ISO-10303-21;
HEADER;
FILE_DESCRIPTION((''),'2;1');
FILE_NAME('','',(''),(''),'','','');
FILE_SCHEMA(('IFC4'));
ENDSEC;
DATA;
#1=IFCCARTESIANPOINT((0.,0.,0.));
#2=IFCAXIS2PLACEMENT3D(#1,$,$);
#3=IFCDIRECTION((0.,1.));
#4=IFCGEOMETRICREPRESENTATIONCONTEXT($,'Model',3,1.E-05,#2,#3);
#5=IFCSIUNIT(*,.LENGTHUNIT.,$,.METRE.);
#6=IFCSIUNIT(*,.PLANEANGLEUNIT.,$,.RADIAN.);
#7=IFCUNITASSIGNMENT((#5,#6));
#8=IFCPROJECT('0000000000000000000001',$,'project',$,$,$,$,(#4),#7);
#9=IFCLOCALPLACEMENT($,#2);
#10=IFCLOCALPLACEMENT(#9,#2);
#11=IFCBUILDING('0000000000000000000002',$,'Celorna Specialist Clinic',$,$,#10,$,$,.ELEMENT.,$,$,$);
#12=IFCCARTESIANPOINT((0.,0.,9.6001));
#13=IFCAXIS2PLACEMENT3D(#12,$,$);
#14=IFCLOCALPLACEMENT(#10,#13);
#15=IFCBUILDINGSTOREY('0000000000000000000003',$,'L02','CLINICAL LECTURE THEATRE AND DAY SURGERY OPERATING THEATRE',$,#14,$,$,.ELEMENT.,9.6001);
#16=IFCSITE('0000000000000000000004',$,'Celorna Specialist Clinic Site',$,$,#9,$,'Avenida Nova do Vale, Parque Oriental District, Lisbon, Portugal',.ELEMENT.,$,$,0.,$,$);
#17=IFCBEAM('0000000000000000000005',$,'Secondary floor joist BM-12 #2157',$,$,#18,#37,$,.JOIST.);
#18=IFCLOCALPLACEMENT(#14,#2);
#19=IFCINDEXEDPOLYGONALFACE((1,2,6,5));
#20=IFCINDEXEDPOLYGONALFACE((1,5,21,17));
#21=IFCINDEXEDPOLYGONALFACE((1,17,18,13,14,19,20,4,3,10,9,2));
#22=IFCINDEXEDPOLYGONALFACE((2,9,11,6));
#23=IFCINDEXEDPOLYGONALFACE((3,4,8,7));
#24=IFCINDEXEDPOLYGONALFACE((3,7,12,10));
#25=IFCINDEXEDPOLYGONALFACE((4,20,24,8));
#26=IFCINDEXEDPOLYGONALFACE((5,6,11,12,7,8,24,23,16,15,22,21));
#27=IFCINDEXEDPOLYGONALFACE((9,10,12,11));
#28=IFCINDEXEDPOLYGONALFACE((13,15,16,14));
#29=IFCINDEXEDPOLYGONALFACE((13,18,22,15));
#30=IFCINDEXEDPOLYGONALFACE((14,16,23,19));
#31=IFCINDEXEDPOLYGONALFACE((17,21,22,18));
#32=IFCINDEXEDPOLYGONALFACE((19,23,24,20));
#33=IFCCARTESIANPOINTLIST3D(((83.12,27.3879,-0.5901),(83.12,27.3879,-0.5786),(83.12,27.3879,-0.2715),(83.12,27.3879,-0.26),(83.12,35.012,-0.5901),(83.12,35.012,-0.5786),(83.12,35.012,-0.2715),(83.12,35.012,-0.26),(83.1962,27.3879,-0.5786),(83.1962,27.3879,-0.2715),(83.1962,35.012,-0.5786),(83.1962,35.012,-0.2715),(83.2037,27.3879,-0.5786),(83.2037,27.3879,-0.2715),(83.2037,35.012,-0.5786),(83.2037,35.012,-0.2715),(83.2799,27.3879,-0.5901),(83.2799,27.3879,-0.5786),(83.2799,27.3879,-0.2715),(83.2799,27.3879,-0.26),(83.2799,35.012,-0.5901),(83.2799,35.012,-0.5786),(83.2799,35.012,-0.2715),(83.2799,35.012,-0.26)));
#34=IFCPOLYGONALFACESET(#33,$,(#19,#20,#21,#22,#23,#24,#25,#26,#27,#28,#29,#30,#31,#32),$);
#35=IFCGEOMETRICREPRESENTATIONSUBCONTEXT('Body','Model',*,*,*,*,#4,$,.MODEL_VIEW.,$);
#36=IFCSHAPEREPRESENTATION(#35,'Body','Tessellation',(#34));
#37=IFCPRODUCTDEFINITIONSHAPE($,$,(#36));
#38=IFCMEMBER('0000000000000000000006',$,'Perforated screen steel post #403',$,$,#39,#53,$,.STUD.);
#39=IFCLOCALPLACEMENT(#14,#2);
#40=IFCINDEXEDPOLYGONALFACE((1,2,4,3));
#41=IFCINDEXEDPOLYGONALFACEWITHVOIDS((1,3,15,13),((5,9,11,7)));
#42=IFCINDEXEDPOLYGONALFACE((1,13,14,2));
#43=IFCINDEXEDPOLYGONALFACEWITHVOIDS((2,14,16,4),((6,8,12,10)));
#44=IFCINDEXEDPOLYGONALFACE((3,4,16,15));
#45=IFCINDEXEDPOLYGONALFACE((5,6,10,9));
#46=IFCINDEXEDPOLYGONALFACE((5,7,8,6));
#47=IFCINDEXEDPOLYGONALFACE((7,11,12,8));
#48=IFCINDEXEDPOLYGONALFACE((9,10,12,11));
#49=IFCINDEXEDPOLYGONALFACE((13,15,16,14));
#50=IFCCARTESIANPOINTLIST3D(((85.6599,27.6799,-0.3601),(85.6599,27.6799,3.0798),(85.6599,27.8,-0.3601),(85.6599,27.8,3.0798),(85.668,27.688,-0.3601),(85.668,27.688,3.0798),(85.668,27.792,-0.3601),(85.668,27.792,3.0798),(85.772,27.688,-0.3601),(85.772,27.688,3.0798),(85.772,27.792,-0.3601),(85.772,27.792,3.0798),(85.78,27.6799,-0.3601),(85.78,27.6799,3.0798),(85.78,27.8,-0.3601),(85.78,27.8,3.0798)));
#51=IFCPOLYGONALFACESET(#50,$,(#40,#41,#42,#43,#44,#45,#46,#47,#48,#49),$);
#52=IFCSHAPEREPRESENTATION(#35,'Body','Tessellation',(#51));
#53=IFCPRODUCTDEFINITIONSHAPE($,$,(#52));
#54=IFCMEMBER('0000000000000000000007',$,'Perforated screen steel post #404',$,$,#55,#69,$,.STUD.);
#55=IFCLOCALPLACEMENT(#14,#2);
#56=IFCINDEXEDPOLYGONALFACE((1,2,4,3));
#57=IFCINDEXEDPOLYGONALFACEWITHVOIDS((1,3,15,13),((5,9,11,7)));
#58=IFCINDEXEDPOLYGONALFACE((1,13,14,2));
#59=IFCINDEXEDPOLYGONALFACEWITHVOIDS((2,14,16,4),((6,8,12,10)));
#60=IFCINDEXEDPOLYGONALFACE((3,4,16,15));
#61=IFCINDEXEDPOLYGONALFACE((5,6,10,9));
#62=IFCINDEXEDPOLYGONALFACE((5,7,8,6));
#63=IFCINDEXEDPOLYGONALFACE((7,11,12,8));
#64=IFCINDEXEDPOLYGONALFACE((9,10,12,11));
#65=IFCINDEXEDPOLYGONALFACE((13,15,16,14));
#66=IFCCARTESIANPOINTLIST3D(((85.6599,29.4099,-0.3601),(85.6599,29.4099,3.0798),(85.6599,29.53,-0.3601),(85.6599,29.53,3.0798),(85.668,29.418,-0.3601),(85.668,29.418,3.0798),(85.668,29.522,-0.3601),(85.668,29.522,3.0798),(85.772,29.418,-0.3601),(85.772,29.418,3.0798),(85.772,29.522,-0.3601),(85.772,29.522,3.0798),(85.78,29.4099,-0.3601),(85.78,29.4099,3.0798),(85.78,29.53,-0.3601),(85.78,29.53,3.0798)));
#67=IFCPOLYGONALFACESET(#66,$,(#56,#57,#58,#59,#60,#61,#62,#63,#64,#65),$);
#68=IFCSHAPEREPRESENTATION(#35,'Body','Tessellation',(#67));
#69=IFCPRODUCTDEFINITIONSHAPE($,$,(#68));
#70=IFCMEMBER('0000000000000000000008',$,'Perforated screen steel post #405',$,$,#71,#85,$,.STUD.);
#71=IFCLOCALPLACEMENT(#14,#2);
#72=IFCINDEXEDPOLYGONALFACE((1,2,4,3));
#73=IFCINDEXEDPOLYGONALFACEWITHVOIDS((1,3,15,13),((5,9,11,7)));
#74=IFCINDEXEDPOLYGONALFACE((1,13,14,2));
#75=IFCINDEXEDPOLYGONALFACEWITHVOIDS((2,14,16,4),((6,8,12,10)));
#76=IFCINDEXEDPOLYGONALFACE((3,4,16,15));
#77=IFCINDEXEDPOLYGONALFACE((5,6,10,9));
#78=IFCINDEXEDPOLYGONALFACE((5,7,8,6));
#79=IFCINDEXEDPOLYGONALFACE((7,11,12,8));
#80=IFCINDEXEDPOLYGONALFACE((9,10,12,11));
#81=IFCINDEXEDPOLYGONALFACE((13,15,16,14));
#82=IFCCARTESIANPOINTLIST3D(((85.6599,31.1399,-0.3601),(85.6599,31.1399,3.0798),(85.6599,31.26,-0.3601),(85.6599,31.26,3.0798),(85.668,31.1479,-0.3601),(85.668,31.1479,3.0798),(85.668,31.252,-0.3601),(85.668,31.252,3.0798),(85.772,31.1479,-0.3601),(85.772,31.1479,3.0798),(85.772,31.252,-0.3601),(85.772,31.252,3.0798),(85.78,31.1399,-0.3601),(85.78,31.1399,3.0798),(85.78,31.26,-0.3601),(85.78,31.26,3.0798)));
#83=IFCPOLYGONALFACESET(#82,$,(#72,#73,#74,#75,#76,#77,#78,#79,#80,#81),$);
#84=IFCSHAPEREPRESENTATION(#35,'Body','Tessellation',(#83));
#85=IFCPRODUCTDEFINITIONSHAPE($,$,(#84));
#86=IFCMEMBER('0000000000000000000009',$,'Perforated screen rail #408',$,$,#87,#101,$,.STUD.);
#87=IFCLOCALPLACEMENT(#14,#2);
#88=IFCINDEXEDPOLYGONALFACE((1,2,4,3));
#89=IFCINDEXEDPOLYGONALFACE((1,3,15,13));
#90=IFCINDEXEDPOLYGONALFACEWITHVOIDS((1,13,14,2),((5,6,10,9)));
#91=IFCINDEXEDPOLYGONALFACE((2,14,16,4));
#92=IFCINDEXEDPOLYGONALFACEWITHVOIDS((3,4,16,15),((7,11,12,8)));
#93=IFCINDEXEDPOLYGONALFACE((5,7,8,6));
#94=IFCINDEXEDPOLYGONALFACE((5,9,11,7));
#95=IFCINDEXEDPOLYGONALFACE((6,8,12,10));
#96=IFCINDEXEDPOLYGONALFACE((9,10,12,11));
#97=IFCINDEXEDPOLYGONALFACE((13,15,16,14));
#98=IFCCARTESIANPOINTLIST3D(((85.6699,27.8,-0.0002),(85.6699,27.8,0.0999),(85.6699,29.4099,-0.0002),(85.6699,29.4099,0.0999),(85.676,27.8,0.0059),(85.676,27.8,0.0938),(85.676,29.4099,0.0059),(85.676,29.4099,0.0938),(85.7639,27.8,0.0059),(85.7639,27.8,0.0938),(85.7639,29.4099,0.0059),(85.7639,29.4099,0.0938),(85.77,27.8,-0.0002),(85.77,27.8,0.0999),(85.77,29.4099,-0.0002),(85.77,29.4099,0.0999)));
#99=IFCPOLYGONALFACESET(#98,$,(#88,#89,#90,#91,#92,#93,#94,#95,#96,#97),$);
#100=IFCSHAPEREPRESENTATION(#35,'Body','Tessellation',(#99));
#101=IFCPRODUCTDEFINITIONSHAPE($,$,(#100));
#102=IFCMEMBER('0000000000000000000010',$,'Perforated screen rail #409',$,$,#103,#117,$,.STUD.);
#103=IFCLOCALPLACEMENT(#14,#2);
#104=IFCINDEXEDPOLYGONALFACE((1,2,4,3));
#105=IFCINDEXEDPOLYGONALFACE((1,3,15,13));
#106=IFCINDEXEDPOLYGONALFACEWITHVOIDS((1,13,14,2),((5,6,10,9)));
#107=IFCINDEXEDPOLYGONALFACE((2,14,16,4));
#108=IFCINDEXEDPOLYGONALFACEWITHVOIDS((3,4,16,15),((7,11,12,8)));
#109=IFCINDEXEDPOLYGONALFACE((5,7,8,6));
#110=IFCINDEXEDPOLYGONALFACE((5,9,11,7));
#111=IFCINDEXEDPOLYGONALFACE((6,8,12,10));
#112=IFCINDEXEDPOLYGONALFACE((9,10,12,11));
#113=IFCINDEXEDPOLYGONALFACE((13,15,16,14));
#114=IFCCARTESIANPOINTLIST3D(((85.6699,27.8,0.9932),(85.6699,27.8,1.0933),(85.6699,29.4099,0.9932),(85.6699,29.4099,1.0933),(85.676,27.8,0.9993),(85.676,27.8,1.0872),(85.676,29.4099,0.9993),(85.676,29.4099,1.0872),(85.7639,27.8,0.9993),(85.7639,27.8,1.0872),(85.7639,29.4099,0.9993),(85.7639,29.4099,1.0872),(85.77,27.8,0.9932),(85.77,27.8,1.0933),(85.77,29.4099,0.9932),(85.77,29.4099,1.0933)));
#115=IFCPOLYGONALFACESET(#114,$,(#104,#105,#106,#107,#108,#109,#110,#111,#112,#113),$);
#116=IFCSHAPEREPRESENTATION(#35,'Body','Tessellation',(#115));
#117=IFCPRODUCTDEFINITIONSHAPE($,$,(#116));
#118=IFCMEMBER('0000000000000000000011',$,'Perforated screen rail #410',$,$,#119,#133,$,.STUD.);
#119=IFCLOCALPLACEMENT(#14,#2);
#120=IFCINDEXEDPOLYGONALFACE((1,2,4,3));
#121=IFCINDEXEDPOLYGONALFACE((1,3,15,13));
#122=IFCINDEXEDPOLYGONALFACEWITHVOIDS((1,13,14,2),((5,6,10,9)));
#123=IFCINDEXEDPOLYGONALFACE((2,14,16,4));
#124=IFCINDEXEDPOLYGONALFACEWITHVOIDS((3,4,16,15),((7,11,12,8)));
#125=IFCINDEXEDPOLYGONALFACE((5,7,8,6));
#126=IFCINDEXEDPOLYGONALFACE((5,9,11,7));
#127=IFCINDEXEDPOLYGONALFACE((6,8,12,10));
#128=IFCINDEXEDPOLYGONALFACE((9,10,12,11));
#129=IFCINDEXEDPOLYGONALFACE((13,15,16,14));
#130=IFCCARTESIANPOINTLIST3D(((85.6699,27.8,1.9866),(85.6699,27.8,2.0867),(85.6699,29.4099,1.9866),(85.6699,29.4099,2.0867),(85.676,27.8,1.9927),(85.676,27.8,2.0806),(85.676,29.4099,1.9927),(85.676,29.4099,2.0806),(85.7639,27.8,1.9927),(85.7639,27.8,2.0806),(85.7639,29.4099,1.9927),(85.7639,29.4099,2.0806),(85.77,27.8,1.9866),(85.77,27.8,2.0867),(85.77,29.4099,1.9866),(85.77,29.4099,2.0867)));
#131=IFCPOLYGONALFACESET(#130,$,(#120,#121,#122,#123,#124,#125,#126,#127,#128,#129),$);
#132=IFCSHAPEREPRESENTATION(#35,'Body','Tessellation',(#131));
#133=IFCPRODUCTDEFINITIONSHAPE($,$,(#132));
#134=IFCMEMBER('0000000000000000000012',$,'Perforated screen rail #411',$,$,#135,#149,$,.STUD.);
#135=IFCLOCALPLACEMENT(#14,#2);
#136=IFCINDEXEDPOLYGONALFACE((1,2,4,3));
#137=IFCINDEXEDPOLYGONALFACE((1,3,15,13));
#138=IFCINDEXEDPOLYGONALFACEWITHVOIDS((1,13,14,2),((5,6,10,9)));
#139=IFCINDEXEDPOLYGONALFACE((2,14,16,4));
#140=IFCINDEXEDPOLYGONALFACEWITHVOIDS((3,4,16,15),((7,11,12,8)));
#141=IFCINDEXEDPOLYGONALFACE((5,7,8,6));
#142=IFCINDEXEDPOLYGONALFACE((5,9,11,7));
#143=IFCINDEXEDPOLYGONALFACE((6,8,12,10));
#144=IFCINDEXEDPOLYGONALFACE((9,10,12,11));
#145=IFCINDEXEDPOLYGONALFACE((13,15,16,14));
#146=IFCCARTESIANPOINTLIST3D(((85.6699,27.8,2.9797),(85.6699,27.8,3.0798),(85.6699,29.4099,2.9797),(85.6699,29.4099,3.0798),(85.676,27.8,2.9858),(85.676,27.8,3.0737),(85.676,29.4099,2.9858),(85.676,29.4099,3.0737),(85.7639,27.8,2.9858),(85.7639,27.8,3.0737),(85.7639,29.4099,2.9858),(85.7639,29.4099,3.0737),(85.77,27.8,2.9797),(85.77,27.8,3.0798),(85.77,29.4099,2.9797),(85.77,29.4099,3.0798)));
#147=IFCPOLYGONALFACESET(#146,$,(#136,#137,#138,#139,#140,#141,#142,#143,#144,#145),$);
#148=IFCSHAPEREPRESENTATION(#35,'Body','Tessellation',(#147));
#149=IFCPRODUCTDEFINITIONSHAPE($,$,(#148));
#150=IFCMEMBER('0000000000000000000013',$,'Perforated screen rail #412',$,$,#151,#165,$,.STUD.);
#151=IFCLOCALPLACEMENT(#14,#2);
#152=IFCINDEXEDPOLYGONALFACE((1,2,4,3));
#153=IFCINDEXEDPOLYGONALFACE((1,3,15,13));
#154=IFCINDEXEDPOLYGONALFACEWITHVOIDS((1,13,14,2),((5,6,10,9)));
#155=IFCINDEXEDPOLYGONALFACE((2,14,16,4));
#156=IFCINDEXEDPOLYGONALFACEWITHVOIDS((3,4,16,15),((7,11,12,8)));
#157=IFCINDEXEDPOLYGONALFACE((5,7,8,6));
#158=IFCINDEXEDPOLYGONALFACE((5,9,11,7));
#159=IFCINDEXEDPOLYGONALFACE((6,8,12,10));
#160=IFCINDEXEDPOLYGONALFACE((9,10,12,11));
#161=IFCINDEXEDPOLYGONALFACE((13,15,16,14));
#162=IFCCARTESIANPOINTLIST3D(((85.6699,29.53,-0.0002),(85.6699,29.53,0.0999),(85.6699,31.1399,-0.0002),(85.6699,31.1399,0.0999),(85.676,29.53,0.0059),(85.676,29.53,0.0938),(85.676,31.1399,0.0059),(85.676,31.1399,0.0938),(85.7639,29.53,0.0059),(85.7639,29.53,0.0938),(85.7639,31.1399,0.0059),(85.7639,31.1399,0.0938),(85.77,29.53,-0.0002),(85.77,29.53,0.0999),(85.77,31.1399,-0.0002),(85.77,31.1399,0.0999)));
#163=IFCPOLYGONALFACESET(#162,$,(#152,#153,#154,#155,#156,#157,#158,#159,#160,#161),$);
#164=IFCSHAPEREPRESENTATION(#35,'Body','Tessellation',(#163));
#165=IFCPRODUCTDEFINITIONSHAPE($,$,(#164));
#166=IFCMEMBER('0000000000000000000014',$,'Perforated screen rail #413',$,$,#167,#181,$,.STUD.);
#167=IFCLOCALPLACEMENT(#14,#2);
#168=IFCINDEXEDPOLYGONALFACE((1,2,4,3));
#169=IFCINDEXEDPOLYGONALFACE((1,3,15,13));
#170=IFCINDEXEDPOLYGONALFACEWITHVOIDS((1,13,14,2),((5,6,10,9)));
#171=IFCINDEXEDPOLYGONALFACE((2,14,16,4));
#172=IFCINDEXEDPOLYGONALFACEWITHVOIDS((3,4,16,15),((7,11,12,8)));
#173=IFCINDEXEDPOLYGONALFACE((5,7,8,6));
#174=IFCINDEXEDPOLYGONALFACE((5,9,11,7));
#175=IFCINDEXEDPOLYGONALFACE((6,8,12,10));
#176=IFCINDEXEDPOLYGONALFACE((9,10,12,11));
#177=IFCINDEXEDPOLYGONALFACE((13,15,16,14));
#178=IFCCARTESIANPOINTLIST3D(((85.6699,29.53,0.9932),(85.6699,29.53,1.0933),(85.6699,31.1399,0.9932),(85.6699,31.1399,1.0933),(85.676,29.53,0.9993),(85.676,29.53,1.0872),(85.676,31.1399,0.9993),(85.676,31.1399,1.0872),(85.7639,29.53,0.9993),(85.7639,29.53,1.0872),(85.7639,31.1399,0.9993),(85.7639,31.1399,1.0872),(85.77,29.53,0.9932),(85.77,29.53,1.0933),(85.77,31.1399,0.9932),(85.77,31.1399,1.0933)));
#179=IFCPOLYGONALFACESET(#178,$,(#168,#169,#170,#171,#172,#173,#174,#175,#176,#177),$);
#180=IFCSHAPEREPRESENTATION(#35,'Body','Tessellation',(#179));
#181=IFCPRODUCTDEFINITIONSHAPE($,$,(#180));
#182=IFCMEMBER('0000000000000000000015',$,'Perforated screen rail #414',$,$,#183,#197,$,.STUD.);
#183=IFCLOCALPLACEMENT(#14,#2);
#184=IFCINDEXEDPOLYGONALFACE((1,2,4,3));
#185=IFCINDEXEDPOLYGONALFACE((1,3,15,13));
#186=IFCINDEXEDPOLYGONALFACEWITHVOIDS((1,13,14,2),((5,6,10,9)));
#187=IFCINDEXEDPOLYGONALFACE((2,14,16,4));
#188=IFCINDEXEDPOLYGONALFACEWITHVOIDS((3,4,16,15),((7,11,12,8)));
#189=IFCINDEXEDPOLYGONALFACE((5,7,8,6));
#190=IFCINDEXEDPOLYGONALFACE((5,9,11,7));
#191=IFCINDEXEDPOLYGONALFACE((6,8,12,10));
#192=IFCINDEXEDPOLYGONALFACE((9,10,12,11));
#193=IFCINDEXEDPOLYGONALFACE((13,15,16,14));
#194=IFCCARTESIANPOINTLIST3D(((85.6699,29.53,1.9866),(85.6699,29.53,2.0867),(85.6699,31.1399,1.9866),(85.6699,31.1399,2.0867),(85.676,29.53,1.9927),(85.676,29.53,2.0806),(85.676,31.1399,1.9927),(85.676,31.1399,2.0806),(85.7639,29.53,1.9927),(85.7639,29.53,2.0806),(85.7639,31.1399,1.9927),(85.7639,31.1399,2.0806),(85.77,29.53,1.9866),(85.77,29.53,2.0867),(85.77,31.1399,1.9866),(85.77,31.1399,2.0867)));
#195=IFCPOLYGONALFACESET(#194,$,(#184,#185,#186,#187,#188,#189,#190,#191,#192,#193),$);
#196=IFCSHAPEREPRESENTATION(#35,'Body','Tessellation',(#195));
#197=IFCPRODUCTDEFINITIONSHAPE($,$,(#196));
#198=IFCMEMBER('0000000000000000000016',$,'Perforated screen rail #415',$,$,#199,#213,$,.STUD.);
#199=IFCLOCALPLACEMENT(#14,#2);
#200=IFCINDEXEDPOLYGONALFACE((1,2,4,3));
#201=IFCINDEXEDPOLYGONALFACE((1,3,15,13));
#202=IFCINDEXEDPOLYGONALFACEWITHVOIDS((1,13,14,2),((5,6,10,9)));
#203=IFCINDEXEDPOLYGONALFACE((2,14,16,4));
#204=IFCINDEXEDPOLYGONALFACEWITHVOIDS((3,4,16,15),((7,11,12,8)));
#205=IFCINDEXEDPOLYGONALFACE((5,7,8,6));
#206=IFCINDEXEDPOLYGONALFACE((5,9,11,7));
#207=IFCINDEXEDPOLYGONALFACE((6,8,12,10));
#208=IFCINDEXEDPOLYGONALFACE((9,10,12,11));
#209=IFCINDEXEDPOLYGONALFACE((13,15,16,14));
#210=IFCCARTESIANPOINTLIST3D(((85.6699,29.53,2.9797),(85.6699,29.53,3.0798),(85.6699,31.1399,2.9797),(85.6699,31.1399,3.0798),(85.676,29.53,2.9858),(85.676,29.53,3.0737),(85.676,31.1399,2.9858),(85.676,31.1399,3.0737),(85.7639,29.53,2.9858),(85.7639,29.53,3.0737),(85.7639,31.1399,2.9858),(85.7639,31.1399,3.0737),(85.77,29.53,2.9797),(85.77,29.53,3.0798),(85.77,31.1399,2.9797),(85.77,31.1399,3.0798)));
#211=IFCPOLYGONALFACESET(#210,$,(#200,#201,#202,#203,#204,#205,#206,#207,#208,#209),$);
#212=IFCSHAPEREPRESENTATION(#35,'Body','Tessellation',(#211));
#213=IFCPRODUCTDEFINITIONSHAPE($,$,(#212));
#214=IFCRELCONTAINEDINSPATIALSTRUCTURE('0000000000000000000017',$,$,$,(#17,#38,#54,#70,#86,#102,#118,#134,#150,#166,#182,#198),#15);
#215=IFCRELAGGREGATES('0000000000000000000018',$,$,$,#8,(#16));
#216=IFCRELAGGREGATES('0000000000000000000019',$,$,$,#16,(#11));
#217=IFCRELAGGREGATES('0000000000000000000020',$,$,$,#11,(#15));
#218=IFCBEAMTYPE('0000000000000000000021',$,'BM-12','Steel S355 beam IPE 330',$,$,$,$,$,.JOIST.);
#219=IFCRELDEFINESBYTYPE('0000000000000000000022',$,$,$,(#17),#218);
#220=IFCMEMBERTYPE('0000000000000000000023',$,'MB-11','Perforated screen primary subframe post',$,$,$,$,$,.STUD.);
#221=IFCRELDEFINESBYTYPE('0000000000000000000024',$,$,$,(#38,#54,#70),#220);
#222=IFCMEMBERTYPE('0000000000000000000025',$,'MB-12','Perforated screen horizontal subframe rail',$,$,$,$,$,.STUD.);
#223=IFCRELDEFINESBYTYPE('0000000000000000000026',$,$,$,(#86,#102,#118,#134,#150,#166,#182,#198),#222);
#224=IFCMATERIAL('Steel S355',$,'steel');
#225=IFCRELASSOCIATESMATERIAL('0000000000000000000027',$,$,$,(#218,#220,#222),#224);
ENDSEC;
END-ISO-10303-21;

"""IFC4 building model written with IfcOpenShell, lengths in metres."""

from ifc_helpers import new_model, si_unit, direction, frame, origin, origin_2d, place, context, subcontext, project, spatial, hollow_rectangle, i_section, extrude, material, material_profile, profile_set, type_object, element, save


model = new_model("IFC4")

# Units and contexts
model_context = context("Model", 3, precision=1e-05, world=origin(), true_north=direction((0.0, 1.0)))
body_context = subcontext(model_context, "Body", "Model", "MODEL_VIEW")
ifc_project = project(units=[si_unit("LENGTHUNIT", "METRE"), si_unit("PLANEANGLEUNIT", "RADIAN")], contexts=[model_context])

# Site, building, storey
site_placement = place(None, origin())
site = spatial("IfcSite", under=ifc_project, at=site_placement, Name="Celorna Specialist Clinic Site", LongName="Avenida Nova do Vale, Parque Oriental District, Lisbon, Portugal", CompositionType="ELEMENT", RefElevation=0.0)
building_placement = place(site_placement, origin())
building = spatial("IfcBuilding", under=site, at=building_placement, Name="Celorna Specialist Clinic", CompositionType="ELEMENT")
storey_placement = place(building_placement, frame((0.0, 0.0, 9.6001)))
storey = spatial("IfcBuildingStorey", under=building, at=storey_placement, Name="L02", Description="CLINICAL LECTURE THEATRE AND DAY SURGERY OPERATING THEATRE", CompositionType="ELEMENT", Elevation=9.6001)

# Beam
ifc_material_1 = material(Name="Steel S355", Category="steel")
ifc_material_profile_1 = material_profile(ifc_material_1, i_section(OverallWidth=0.1599, OverallDepth=0.3301, WebThickness=0.0076, FlangeThickness=0.0115, at=origin_2d()), Name="IPE 330")
ifc_profile_set_1 = profile_set([ifc_material_profile_1], Name="Steel S355")
beam_type = type_object("IfcBeamType", Name="BM-12", Description="Steel S355 beam IPE 330", PredefinedType="JOIST", material=ifc_profile_set_1)
beam_placement = place(storey_placement, frame((83.2, 27.3879, -0.425), z_axis=(0.0, 1.0, 0.0), x_axis=(-1.0, 0.0, 0.0)))
element("IfcBeam", 1, at=beam_placement, inside=storey, type_object=beam_type, Name="Secondary floor joist BM-12 #2157", PredefinedType="JOIST", context=body_context, shape_type="SweptSolid", body=[
    extrude(i_section(OverallWidth=0.1599, OverallDepth=0.3301, WebThickness=0.0076, FlangeThickness=0.0115, at=origin_2d()), origin(), (0.0, 0.0, 1.0), 7.624),
])

# Members
ifc_material_profile_2 = material_profile(ifc_material_1, hollow_rectangle(XDim=0.1201, YDim=0.1201, WallThickness=0.0081, at=origin_2d()), Name="SHS 120x120x8")
ifc_profile_set_2 = profile_set([ifc_material_profile_2], Name="Steel S355")
member_type_1 = type_object("IfcMemberType", Name="MB-11", Description="Perforated screen primary subframe post", PredefinedType="STUD", material=ifc_profile_set_2)
for number, where, z_axis, x_axis, name in (
    (2, (85.72, 27.74, -0.3601), (0.0, 0.0, 1.0), (1.0, 0.0, 0.0), "Perforated screen steel post #403"),
    (3, (85.72, 29.47, -0.3601), (0.0, 0.0, 1.0), (1.0, 0.0, 0.0), "Perforated screen steel post #404"),
    (4, (85.72, 31.2, -0.3601), (0.0, 0.0, 1.0), (1.0, 0.0, 0.0), "Perforated screen steel post #405"),
):
    element("IfcMember", number, at=place(storey_placement, frame(where, z_axis=z_axis, x_axis=x_axis)), inside=storey, type_object=member_type_1, Name=name, PredefinedType="STUD", context=body_context, shape_type="SweptSolid", body=[
        extrude(hollow_rectangle(XDim=0.1201, YDim=0.1201, WallThickness=0.0081, at=origin_2d()), origin(), (0.0, 0.0, 1.0), 3.4399),
    ])
ifc_material_profile_3 = material_profile(ifc_material_1, hollow_rectangle(XDim=0.1001, YDim=0.1001, WallThickness=0.0061, at=origin_2d()), Name="SHS 100x100x6")
ifc_profile_set_3 = profile_set([ifc_material_profile_3], Name="Steel S355")
member_type_2 = type_object("IfcMemberType", Name="MB-12", Description="Perforated screen horizontal subframe rail", PredefinedType="STUD", material=ifc_profile_set_3)
for number, where, z_axis, x_axis, name in (
    (5, (85.72, 27.8, 0.0498), (0.0, 1.0, 0.0), (-1.0, 0.0, 0.0), "Perforated screen rail #408"),
    (6, (85.72, 27.8, 1.0432), (0.0, 1.0, 0.0), (-1.0, 0.0, 0.0), "Perforated screen rail #409"),
    (7, (85.72, 27.8, 2.0366), (0.0, 1.0, 0.0), (-1.0, 0.0, 0.0), "Perforated screen rail #410"),
    (8, (85.72, 27.8, 3.0298), (0.0, 1.0, 0.0), (-1.0, 0.0, 0.0), "Perforated screen rail #411"),
    (9, (85.72, 29.53, 0.0498), (0.0, 1.0, 0.0), (-1.0, 0.0, 0.0), "Perforated screen rail #412"),
    (10, (85.72, 29.53, 1.0432), (0.0, 1.0, 0.0), (-1.0, 0.0, 0.0), "Perforated screen rail #413"),
    (11, (85.72, 29.53, 2.0366), (0.0, 1.0, 0.0), (-1.0, 0.0, 0.0), "Perforated screen rail #414"),
    (12, (85.72, 29.53, 3.0298), (0.0, 1.0, 0.0), (-1.0, 0.0, 0.0), "Perforated screen rail #415"),
):
    element("IfcMember", number, at=place(storey_placement, frame(where, z_axis=z_axis, x_axis=x_axis)), inside=storey, type_object=member_type_2, Name=name, PredefinedType="STUD", context=body_context, shape_type="SweptSolid", body=[
        extrude(hollow_rectangle(XDim=0.1001, YDim=0.1001, WallThickness=0.0061, at=origin_2d()), origin(), (0.0, 0.0, 1.0), 1.6099),
    ])

save(model, "model.ifc")
